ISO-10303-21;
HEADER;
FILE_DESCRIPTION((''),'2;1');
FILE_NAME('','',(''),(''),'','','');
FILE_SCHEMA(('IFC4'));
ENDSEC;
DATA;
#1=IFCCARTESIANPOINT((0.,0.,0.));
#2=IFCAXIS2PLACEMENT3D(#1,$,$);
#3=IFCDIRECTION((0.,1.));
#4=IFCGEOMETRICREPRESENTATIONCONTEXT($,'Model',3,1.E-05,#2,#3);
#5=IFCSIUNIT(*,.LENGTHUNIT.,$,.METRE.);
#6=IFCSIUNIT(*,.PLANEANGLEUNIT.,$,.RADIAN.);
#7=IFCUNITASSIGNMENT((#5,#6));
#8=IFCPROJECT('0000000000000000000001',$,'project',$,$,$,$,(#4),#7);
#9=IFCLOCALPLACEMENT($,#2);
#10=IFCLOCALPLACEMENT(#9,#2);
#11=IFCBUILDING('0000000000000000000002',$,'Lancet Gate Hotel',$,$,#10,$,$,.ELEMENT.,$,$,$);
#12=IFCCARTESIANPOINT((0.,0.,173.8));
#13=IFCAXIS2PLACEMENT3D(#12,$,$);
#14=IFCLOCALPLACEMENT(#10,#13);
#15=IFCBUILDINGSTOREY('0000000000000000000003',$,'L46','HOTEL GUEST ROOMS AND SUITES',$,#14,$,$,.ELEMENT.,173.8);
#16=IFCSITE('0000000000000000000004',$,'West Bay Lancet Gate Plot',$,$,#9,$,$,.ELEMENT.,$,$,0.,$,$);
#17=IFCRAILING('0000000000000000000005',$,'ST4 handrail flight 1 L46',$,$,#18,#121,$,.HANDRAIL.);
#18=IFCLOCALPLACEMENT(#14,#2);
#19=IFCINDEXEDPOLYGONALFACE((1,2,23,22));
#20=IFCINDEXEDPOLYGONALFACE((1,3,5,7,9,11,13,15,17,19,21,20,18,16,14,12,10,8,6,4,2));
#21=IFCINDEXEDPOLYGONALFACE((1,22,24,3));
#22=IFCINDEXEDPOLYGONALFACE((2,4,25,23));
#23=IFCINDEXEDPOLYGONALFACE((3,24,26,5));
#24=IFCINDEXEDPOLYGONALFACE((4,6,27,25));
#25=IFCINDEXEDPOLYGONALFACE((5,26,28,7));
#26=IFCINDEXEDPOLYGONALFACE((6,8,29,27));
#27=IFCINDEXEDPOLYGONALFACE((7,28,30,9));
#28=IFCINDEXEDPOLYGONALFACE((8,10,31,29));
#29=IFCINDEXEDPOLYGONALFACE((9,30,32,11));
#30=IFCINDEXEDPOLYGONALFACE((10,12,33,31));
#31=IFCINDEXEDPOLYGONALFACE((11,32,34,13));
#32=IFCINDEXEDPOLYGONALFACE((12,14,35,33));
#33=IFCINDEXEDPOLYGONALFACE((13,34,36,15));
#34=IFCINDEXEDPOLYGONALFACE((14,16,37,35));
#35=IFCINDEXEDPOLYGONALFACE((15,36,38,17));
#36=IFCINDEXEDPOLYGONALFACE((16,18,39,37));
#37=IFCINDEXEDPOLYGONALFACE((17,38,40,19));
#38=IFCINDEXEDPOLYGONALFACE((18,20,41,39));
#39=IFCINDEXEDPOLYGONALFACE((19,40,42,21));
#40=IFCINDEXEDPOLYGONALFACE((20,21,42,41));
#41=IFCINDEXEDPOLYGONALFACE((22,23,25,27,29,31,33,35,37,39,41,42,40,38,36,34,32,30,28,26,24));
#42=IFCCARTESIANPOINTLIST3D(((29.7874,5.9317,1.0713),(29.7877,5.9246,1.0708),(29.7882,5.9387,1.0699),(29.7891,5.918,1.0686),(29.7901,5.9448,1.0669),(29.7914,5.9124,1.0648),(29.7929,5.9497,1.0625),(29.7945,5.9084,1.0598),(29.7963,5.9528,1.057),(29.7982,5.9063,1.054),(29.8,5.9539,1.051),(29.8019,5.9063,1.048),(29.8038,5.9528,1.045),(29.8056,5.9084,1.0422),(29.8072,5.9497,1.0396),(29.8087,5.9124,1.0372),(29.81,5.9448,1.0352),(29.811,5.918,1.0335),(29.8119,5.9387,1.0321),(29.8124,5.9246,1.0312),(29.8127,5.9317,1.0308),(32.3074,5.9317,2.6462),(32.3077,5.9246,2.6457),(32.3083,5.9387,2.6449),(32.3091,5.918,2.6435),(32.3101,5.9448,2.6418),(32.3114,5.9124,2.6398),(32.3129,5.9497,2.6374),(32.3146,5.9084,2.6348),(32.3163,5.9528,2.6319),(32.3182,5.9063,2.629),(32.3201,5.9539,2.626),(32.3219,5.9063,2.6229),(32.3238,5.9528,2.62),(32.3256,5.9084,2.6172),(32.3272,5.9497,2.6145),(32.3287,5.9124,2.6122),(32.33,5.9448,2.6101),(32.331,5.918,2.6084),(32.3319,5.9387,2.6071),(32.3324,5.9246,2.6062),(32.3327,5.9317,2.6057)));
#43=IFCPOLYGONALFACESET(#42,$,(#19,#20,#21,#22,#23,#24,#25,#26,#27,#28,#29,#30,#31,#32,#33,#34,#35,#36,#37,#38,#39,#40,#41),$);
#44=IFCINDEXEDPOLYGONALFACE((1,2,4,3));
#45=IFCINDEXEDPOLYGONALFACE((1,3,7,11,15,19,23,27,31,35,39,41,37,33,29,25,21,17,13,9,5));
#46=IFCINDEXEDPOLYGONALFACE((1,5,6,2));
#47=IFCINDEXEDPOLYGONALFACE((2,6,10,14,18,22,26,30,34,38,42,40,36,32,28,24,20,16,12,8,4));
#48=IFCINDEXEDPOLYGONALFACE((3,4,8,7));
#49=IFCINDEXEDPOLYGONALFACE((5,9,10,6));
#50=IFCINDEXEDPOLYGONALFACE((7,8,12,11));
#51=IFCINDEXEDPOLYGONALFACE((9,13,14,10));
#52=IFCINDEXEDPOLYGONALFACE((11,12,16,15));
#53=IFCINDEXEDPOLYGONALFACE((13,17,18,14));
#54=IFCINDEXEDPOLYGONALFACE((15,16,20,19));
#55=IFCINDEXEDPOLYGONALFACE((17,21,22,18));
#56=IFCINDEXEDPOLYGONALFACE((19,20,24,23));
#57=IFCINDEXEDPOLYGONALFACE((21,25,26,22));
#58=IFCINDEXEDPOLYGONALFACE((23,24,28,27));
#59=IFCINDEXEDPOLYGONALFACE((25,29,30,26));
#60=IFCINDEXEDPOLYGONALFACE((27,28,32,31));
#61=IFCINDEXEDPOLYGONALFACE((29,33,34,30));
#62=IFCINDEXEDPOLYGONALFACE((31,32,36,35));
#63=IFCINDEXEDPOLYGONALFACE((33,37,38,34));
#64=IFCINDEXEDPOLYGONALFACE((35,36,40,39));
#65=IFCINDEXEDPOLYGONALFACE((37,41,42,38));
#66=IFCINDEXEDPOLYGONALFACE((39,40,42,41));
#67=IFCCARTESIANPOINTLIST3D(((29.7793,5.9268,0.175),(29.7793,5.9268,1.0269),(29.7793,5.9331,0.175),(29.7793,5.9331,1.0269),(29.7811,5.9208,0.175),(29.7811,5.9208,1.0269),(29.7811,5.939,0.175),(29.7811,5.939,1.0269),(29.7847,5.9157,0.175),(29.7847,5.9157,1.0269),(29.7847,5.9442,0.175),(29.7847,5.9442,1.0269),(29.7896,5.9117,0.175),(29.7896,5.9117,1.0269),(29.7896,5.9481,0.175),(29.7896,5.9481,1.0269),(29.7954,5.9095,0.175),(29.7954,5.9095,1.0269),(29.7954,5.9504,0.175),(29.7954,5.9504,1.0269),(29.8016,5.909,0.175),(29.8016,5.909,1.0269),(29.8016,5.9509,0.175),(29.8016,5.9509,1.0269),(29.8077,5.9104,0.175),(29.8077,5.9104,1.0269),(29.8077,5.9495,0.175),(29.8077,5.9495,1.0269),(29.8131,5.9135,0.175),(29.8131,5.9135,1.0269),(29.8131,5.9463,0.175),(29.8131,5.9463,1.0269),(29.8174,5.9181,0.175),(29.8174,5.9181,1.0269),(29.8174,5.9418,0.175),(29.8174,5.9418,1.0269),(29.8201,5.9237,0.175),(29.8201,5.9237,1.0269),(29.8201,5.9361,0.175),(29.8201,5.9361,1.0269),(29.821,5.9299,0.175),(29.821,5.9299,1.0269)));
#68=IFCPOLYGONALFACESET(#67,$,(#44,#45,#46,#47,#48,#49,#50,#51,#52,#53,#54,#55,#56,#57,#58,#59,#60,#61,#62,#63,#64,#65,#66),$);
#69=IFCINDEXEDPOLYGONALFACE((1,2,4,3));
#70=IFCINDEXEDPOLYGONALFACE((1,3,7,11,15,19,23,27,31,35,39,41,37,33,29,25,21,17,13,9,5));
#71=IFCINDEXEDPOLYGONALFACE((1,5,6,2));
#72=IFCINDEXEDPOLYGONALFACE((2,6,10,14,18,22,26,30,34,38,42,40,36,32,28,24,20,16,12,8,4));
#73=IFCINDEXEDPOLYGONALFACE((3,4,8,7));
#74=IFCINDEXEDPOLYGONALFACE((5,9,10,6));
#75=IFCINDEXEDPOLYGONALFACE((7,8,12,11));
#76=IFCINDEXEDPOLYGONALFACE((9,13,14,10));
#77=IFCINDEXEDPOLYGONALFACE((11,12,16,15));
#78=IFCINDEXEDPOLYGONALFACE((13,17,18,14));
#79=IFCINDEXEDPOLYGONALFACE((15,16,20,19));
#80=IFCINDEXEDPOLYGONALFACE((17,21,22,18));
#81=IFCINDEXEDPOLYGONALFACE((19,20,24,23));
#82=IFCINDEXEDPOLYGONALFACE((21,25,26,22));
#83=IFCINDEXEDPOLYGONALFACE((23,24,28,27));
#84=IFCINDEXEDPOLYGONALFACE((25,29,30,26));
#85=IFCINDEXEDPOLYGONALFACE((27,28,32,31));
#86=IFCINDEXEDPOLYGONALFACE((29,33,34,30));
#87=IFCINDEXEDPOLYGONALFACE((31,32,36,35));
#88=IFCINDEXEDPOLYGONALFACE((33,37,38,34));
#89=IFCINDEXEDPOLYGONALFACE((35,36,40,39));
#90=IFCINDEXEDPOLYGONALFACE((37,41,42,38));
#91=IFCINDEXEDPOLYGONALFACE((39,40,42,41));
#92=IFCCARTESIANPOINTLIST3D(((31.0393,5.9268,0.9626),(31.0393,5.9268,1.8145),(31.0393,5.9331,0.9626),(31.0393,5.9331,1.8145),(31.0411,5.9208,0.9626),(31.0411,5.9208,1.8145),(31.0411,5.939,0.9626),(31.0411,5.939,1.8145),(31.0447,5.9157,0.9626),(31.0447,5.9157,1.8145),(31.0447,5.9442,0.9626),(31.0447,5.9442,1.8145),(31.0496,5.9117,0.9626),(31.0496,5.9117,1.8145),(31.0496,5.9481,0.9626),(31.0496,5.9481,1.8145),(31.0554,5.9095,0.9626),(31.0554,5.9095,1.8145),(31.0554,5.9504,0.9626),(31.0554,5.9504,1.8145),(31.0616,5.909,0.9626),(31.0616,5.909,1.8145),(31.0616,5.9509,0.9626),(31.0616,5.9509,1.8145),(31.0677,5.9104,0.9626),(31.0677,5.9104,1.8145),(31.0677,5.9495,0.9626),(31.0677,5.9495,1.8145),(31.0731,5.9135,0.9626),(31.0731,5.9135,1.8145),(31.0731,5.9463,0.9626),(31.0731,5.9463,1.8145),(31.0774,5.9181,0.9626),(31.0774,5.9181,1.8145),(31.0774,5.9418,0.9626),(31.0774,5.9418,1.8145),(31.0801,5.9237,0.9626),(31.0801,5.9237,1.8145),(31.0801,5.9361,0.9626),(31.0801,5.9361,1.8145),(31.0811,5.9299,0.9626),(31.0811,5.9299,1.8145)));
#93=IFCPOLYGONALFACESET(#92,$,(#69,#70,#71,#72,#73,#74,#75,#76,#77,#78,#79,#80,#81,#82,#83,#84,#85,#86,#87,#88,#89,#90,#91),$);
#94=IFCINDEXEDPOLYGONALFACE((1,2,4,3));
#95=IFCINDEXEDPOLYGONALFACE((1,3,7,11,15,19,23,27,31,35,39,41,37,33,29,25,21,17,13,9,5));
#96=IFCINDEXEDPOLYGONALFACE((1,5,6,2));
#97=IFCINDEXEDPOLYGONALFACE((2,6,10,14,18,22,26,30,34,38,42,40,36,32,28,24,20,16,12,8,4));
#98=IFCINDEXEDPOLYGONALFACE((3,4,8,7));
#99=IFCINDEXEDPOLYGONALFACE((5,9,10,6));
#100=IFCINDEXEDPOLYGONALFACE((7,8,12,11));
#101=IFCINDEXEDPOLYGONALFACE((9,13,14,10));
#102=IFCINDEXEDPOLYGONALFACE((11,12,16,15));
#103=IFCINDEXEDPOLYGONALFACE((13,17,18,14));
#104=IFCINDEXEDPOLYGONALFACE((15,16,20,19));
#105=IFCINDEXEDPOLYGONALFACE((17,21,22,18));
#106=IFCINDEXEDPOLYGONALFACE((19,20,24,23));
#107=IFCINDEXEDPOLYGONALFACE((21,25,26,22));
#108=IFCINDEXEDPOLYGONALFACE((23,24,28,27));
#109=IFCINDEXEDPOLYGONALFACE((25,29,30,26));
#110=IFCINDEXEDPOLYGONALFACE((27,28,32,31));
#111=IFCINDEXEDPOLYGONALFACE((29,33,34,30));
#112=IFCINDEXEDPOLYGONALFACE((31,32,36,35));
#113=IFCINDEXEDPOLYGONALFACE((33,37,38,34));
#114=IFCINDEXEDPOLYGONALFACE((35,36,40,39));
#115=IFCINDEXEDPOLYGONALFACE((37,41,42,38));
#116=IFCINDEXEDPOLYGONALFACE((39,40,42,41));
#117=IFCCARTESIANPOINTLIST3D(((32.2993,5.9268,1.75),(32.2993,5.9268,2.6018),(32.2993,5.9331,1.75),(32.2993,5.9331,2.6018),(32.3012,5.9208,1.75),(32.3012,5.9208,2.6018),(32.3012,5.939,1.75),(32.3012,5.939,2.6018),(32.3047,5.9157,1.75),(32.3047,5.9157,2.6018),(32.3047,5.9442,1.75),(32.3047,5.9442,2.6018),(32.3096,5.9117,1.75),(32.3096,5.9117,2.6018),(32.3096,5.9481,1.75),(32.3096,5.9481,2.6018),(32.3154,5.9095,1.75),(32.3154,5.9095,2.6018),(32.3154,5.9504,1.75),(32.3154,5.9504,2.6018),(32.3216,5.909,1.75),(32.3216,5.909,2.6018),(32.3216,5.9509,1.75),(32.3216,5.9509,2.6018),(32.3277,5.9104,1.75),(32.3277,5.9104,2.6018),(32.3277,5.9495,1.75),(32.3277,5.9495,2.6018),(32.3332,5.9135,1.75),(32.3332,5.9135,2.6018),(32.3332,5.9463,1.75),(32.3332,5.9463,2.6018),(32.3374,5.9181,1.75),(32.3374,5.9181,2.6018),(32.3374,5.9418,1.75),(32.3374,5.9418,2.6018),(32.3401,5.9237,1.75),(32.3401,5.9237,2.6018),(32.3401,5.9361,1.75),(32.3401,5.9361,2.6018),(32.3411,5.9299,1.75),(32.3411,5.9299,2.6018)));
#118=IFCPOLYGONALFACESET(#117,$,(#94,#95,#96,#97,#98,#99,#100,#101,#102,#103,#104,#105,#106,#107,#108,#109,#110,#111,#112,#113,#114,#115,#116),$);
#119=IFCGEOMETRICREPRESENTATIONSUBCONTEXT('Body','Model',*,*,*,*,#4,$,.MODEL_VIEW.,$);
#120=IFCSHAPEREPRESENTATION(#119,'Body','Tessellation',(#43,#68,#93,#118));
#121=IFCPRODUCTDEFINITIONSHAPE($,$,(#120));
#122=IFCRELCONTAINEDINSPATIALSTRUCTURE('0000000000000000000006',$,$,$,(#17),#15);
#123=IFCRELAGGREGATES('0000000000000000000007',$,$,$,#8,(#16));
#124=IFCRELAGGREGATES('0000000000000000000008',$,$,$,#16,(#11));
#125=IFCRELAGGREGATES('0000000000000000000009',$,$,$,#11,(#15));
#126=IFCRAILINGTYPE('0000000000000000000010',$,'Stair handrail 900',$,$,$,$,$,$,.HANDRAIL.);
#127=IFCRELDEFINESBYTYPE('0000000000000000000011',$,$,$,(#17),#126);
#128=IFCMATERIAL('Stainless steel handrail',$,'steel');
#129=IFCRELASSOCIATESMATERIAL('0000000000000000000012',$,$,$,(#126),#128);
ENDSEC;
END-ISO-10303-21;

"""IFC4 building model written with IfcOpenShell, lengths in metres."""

from ifc_helpers import new_model, si_unit, direction, frame, origin, origin_2d, place, context, subcontext, project, spatial, circle, extrude, material, type_object, element, save


model = new_model("IFC4")

# Units and contexts
model_context = context("Model", 3, precision=1e-05, world=origin(), true_north=direction((0.0, 1.0)))
body_context = subcontext(model_context, "Body", "Model", "MODEL_VIEW")
ifc_project = project(units=[si_unit("LENGTHUNIT", "METRE"), si_unit("PLANEANGLEUNIT", "RADIAN")], contexts=[model_context])

# Site, building, storey
site_placement = place(None, origin())
site = spatial("IfcSite", under=ifc_project, at=site_placement, Name="West Bay Lancet Gate Plot", CompositionType="ELEMENT", RefElevation=0.0)
building_placement = place(site_placement, origin())
building = spatial("IfcBuilding", under=site, at=building_placement, Name="Lancet Gate Hotel", CompositionType="ELEMENT")
storey_placement = place(building_placement, frame((0.0, 0.0, 173.8)))
storey = spatial("IfcBuildingStorey", under=building, at=storey_placement, Name="L46", Description="HOTEL GUEST ROOMS AND SUITES", CompositionType="ELEMENT", Elevation=173.8)

# Railing
ifc_material_1 = material(Name="Stainless steel handrail", Category="steel")
railing_type = type_object("IfcRailingType", Name="Stair handrail 900", PredefinedType="HANDRAIL", material=ifc_material_1)
railing_placement = place(storey_placement, frame((29.8, 5.9299, 0.175)))
element("IfcRailing", 1, at=railing_placement, inside=storey, type_object=railing_type, Name="ST4 handrail flight 1 L46", PredefinedType="HANDRAIL", context=body_context, shape_type="SweptSolid", body=[
    extrude(circle(Radius=0.0239, at=origin_2d()), frame((0.0, 0.0, 0.876), z_axis=(0.848008, 0.0, 0.529984), x_axis=(0.0, 1.0, 0.0)), (0.0, 0.0, 1.0), 2.9717),
    extrude(circle(Radius=0.021, at=origin_2d()), origin(), (0.0, 0.0, 1.0), 0.8518),
    extrude(circle(Radius=0.021, at=origin_2d()), frame((1.26, 0.0, 0.7876)), (0.0, 0.0, 1.0), 0.8518),
    extrude(circle(Radius=0.021, at=origin_2d()), frame((2.52, 0.0, 1.575)), (0.0, 0.0, 1.0), 0.8518),
])

save(model, "model.ifc")
